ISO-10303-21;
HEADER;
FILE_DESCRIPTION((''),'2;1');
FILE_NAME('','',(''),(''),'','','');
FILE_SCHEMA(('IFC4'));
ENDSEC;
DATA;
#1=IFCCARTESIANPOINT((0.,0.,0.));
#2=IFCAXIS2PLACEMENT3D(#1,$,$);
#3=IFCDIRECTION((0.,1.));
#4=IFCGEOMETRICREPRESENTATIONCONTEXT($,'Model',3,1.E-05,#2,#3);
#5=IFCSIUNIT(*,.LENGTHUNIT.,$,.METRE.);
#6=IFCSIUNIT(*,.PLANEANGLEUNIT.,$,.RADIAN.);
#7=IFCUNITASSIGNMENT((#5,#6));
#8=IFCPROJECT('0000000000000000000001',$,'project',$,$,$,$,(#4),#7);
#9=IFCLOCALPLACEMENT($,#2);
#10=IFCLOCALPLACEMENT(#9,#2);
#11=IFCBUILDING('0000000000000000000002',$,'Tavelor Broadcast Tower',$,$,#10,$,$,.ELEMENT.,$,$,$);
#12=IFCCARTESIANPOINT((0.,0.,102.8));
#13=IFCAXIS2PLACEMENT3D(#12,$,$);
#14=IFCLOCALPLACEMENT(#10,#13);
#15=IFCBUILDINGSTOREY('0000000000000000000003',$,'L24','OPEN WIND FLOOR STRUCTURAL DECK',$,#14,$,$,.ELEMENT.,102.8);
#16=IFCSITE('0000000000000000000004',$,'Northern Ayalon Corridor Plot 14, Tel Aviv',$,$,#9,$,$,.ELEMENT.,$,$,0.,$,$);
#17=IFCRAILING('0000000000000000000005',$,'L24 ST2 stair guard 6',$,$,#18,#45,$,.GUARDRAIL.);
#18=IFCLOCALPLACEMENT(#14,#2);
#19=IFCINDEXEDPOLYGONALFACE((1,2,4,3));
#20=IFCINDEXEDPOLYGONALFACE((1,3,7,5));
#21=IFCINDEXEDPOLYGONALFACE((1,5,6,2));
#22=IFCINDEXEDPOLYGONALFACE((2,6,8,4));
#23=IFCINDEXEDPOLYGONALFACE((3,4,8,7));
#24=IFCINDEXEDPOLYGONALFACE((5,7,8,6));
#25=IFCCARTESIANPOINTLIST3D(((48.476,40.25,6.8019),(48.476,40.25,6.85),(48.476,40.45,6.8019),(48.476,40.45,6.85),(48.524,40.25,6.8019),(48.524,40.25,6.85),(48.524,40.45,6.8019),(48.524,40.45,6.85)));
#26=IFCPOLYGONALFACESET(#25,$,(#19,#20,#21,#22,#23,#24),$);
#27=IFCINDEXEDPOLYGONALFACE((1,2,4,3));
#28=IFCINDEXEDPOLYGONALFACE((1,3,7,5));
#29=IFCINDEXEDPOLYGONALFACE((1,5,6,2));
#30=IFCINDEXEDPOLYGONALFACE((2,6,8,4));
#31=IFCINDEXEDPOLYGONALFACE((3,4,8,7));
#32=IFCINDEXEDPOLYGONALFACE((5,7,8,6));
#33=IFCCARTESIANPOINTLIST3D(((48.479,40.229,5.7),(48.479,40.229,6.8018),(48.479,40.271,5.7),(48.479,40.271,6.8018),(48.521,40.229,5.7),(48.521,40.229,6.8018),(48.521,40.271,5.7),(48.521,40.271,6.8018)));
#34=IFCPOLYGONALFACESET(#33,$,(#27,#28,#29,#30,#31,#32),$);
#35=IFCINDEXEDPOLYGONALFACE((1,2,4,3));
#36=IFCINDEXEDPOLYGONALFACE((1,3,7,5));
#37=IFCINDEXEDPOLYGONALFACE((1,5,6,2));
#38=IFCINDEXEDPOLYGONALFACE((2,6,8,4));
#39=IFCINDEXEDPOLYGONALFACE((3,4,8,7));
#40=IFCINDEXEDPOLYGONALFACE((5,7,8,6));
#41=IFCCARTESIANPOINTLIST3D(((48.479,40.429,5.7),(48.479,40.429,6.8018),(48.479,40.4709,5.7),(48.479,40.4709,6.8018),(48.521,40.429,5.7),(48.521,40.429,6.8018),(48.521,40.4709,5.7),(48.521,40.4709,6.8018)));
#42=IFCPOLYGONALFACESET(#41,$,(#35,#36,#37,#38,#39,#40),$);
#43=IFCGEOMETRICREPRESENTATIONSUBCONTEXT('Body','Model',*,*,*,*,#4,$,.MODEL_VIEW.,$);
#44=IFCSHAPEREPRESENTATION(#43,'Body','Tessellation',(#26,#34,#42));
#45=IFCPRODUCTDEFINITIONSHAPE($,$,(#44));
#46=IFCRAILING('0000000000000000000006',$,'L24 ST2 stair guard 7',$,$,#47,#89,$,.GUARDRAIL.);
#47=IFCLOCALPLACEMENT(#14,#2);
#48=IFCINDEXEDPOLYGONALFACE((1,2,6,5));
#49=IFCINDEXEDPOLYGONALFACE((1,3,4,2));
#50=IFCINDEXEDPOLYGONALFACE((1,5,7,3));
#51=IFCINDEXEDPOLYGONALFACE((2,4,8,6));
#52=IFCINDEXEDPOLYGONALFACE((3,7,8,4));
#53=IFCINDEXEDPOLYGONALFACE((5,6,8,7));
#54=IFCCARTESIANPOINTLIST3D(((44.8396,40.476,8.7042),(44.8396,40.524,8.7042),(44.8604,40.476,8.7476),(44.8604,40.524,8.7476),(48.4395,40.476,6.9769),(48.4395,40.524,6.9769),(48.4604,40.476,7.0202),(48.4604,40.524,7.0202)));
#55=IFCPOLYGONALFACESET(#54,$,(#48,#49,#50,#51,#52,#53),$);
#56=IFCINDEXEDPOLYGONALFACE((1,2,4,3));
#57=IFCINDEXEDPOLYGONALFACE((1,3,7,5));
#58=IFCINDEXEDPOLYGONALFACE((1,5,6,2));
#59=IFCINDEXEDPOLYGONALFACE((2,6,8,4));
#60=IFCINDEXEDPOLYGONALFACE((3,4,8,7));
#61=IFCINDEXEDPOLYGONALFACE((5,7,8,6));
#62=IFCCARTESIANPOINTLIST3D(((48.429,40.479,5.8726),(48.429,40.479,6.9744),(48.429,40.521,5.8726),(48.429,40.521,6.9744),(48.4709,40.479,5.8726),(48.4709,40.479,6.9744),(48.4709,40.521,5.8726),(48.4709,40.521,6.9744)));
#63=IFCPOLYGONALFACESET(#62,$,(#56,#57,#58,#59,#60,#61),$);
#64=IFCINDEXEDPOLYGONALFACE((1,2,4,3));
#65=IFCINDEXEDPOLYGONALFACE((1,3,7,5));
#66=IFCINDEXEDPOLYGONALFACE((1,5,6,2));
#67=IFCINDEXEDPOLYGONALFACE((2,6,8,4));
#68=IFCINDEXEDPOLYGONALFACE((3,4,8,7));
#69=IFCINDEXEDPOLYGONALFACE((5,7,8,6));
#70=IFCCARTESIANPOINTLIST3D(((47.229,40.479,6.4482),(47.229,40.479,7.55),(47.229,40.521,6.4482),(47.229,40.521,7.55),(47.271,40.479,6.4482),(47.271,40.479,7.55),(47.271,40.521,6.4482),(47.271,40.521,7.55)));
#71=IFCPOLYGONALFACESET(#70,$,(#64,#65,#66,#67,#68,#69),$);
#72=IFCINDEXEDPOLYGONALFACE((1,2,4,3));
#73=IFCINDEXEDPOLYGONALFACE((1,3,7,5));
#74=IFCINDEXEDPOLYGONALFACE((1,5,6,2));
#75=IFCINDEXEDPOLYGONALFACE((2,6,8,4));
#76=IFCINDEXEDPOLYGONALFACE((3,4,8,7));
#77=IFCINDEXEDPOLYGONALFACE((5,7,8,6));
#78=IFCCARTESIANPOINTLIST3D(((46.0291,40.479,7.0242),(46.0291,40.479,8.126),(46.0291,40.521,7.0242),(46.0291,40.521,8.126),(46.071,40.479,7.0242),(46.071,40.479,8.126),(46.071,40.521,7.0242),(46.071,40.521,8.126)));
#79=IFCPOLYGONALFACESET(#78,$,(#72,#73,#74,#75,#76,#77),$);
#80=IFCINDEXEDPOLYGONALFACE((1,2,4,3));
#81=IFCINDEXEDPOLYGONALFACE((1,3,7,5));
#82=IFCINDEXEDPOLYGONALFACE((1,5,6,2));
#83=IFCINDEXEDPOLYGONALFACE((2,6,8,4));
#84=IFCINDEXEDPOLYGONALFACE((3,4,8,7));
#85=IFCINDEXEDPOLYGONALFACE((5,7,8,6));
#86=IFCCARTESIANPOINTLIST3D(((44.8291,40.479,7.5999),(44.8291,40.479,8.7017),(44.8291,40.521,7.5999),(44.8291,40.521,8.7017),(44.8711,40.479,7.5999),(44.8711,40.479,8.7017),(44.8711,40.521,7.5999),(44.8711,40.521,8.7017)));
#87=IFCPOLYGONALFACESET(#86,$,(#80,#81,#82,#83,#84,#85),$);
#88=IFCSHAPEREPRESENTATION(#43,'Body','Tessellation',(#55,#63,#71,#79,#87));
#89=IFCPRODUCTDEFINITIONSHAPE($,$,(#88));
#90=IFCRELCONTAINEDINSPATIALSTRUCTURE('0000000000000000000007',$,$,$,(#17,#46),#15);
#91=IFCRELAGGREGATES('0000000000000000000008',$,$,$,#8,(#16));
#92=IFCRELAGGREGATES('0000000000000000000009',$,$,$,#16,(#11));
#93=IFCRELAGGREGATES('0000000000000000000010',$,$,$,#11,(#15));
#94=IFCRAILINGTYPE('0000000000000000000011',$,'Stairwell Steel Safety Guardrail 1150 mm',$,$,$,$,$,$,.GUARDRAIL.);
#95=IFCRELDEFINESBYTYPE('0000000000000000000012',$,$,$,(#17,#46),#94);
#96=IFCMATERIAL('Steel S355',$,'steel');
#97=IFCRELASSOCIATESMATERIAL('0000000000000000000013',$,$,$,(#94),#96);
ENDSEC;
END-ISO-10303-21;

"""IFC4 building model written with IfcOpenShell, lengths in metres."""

from ifc_helpers import new_model, si_unit, direction, frame, origin, origin_2d, place, context, subcontext, project, spatial, rectangle, extrude, material, type_object, element, save


model = new_model("IFC4")

# Units and contexts
model_context = context("Model", 3, precision=1e-05, world=origin(), true_north=direction((0.0, 1.0)))
body_context = subcontext(model_context, "Body", "Model", "MODEL_VIEW")
ifc_project = project(units=[si_unit("LENGTHUNIT", "METRE"), si_unit("PLANEANGLEUNIT", "RADIAN")], contexts=[model_context])

# Site, building, storey
site_placement = place(None, origin())
site = spatial("IfcSite", under=ifc_project, at=site_placement, Name="Northern Ayalon Corridor Plot 14, Tel Aviv", CompositionType="ELEMENT", RefElevation=0.0)
building_placement = place(site_placement, origin())
building = spatial("IfcBuilding", under=site, at=building_placement, Name="Tavelor Broadcast Tower", CompositionType="ELEMENT")
storey_placement = place(building_placement, frame((0.0, 0.0, 102.8)))
storey = spatial("IfcBuildingStorey", under=building, at=storey_placement, Name="L24", Description="OPEN WIND FLOOR STRUCTURAL DECK", CompositionType="ELEMENT", Elevation=102.8)

# Shared definitions
ifc_material_1 = material(Name="Steel S355", Category="steel")

# Railings
railing_type_1 = type_object("IfcRailingType", Name="Stairwell Steel Safety Guardrail 1150 mm", PredefinedType="GUARDRAIL", material=ifc_material_1)
railing_1_placement = place(storey_placement, frame((48.5, 40.25, 5.7)))
element("IfcRailing", 1, at=railing_1_placement, inside=storey, type_object=railing_type_1, Name="L24 ST2 stair guard 6", PredefinedType="GUARDRAIL", context=body_context, shape_type="SweptSolid", body=[
    extrude(rectangle(XDim=0.0481, YDim=0.0481, at=origin_2d()), frame((0.0, 0.0, 1.126), z_axis=(0.0, 1.0, 0.0), x_axis=(-1.0, 0.0, 0.0)), (0.0, 0.0, 1.0), 0.2),
    extrude(rectangle(XDim=0.042, YDim=0.042, at=origin_2d()), origin(), (0.0, 0.0, 1.0), 1.1018),
    extrude(rectangle(XDim=0.042, YDim=0.042, at=origin_2d()), frame((0.0, 0.2, 0.0)), (0.0, 0.0, 1.0), 1.1018),
])
railing_2_placement = place(storey_placement, frame((48.45, 40.5, 5.8726)))
element("IfcRailing", 2, at=railing_2_placement, inside=storey, type_object=railing_type_1, Name="L24 ST2 stair guard 7", PredefinedType="GUARDRAIL", context=body_context, shape_type="SweptSolid", body=[
    extrude(rectangle(XDim=0.0481, YDim=0.0481, at=origin_2d()), frame((0.0, 0.0, 1.126), z_axis=(-0.901585, 0.0, 0.432602), x_axis=(0.0, -1.0, 0.0)), (0.0, 0.0, 1.0), 3.9929),
    extrude(rectangle(XDim=0.042, YDim=0.042, at=origin_2d()), origin(), (0.0, 0.0, 1.0), 1.1018),
    extrude(rectangle(XDim=0.042, YDim=0.042, at=origin_2d()), frame((-1.2, 0.0, 0.5757)), (0.0, 0.0, 1.0), 1.1018),
    extrude(rectangle(XDim=0.042, YDim=0.042, at=origin_2d()), frame((-2.3999, 0.0, 1.1516)), (0.0, 0.0, 1.0), 1.1018),
    extrude(rectangle(XDim=0.042, YDim=0.042, at=origin_2d()), frame((-3.5999, 0.0, 1.7273)), (0.0, 0.0, 1.0), 1.1018),
])

save(model, "model.ifc")
